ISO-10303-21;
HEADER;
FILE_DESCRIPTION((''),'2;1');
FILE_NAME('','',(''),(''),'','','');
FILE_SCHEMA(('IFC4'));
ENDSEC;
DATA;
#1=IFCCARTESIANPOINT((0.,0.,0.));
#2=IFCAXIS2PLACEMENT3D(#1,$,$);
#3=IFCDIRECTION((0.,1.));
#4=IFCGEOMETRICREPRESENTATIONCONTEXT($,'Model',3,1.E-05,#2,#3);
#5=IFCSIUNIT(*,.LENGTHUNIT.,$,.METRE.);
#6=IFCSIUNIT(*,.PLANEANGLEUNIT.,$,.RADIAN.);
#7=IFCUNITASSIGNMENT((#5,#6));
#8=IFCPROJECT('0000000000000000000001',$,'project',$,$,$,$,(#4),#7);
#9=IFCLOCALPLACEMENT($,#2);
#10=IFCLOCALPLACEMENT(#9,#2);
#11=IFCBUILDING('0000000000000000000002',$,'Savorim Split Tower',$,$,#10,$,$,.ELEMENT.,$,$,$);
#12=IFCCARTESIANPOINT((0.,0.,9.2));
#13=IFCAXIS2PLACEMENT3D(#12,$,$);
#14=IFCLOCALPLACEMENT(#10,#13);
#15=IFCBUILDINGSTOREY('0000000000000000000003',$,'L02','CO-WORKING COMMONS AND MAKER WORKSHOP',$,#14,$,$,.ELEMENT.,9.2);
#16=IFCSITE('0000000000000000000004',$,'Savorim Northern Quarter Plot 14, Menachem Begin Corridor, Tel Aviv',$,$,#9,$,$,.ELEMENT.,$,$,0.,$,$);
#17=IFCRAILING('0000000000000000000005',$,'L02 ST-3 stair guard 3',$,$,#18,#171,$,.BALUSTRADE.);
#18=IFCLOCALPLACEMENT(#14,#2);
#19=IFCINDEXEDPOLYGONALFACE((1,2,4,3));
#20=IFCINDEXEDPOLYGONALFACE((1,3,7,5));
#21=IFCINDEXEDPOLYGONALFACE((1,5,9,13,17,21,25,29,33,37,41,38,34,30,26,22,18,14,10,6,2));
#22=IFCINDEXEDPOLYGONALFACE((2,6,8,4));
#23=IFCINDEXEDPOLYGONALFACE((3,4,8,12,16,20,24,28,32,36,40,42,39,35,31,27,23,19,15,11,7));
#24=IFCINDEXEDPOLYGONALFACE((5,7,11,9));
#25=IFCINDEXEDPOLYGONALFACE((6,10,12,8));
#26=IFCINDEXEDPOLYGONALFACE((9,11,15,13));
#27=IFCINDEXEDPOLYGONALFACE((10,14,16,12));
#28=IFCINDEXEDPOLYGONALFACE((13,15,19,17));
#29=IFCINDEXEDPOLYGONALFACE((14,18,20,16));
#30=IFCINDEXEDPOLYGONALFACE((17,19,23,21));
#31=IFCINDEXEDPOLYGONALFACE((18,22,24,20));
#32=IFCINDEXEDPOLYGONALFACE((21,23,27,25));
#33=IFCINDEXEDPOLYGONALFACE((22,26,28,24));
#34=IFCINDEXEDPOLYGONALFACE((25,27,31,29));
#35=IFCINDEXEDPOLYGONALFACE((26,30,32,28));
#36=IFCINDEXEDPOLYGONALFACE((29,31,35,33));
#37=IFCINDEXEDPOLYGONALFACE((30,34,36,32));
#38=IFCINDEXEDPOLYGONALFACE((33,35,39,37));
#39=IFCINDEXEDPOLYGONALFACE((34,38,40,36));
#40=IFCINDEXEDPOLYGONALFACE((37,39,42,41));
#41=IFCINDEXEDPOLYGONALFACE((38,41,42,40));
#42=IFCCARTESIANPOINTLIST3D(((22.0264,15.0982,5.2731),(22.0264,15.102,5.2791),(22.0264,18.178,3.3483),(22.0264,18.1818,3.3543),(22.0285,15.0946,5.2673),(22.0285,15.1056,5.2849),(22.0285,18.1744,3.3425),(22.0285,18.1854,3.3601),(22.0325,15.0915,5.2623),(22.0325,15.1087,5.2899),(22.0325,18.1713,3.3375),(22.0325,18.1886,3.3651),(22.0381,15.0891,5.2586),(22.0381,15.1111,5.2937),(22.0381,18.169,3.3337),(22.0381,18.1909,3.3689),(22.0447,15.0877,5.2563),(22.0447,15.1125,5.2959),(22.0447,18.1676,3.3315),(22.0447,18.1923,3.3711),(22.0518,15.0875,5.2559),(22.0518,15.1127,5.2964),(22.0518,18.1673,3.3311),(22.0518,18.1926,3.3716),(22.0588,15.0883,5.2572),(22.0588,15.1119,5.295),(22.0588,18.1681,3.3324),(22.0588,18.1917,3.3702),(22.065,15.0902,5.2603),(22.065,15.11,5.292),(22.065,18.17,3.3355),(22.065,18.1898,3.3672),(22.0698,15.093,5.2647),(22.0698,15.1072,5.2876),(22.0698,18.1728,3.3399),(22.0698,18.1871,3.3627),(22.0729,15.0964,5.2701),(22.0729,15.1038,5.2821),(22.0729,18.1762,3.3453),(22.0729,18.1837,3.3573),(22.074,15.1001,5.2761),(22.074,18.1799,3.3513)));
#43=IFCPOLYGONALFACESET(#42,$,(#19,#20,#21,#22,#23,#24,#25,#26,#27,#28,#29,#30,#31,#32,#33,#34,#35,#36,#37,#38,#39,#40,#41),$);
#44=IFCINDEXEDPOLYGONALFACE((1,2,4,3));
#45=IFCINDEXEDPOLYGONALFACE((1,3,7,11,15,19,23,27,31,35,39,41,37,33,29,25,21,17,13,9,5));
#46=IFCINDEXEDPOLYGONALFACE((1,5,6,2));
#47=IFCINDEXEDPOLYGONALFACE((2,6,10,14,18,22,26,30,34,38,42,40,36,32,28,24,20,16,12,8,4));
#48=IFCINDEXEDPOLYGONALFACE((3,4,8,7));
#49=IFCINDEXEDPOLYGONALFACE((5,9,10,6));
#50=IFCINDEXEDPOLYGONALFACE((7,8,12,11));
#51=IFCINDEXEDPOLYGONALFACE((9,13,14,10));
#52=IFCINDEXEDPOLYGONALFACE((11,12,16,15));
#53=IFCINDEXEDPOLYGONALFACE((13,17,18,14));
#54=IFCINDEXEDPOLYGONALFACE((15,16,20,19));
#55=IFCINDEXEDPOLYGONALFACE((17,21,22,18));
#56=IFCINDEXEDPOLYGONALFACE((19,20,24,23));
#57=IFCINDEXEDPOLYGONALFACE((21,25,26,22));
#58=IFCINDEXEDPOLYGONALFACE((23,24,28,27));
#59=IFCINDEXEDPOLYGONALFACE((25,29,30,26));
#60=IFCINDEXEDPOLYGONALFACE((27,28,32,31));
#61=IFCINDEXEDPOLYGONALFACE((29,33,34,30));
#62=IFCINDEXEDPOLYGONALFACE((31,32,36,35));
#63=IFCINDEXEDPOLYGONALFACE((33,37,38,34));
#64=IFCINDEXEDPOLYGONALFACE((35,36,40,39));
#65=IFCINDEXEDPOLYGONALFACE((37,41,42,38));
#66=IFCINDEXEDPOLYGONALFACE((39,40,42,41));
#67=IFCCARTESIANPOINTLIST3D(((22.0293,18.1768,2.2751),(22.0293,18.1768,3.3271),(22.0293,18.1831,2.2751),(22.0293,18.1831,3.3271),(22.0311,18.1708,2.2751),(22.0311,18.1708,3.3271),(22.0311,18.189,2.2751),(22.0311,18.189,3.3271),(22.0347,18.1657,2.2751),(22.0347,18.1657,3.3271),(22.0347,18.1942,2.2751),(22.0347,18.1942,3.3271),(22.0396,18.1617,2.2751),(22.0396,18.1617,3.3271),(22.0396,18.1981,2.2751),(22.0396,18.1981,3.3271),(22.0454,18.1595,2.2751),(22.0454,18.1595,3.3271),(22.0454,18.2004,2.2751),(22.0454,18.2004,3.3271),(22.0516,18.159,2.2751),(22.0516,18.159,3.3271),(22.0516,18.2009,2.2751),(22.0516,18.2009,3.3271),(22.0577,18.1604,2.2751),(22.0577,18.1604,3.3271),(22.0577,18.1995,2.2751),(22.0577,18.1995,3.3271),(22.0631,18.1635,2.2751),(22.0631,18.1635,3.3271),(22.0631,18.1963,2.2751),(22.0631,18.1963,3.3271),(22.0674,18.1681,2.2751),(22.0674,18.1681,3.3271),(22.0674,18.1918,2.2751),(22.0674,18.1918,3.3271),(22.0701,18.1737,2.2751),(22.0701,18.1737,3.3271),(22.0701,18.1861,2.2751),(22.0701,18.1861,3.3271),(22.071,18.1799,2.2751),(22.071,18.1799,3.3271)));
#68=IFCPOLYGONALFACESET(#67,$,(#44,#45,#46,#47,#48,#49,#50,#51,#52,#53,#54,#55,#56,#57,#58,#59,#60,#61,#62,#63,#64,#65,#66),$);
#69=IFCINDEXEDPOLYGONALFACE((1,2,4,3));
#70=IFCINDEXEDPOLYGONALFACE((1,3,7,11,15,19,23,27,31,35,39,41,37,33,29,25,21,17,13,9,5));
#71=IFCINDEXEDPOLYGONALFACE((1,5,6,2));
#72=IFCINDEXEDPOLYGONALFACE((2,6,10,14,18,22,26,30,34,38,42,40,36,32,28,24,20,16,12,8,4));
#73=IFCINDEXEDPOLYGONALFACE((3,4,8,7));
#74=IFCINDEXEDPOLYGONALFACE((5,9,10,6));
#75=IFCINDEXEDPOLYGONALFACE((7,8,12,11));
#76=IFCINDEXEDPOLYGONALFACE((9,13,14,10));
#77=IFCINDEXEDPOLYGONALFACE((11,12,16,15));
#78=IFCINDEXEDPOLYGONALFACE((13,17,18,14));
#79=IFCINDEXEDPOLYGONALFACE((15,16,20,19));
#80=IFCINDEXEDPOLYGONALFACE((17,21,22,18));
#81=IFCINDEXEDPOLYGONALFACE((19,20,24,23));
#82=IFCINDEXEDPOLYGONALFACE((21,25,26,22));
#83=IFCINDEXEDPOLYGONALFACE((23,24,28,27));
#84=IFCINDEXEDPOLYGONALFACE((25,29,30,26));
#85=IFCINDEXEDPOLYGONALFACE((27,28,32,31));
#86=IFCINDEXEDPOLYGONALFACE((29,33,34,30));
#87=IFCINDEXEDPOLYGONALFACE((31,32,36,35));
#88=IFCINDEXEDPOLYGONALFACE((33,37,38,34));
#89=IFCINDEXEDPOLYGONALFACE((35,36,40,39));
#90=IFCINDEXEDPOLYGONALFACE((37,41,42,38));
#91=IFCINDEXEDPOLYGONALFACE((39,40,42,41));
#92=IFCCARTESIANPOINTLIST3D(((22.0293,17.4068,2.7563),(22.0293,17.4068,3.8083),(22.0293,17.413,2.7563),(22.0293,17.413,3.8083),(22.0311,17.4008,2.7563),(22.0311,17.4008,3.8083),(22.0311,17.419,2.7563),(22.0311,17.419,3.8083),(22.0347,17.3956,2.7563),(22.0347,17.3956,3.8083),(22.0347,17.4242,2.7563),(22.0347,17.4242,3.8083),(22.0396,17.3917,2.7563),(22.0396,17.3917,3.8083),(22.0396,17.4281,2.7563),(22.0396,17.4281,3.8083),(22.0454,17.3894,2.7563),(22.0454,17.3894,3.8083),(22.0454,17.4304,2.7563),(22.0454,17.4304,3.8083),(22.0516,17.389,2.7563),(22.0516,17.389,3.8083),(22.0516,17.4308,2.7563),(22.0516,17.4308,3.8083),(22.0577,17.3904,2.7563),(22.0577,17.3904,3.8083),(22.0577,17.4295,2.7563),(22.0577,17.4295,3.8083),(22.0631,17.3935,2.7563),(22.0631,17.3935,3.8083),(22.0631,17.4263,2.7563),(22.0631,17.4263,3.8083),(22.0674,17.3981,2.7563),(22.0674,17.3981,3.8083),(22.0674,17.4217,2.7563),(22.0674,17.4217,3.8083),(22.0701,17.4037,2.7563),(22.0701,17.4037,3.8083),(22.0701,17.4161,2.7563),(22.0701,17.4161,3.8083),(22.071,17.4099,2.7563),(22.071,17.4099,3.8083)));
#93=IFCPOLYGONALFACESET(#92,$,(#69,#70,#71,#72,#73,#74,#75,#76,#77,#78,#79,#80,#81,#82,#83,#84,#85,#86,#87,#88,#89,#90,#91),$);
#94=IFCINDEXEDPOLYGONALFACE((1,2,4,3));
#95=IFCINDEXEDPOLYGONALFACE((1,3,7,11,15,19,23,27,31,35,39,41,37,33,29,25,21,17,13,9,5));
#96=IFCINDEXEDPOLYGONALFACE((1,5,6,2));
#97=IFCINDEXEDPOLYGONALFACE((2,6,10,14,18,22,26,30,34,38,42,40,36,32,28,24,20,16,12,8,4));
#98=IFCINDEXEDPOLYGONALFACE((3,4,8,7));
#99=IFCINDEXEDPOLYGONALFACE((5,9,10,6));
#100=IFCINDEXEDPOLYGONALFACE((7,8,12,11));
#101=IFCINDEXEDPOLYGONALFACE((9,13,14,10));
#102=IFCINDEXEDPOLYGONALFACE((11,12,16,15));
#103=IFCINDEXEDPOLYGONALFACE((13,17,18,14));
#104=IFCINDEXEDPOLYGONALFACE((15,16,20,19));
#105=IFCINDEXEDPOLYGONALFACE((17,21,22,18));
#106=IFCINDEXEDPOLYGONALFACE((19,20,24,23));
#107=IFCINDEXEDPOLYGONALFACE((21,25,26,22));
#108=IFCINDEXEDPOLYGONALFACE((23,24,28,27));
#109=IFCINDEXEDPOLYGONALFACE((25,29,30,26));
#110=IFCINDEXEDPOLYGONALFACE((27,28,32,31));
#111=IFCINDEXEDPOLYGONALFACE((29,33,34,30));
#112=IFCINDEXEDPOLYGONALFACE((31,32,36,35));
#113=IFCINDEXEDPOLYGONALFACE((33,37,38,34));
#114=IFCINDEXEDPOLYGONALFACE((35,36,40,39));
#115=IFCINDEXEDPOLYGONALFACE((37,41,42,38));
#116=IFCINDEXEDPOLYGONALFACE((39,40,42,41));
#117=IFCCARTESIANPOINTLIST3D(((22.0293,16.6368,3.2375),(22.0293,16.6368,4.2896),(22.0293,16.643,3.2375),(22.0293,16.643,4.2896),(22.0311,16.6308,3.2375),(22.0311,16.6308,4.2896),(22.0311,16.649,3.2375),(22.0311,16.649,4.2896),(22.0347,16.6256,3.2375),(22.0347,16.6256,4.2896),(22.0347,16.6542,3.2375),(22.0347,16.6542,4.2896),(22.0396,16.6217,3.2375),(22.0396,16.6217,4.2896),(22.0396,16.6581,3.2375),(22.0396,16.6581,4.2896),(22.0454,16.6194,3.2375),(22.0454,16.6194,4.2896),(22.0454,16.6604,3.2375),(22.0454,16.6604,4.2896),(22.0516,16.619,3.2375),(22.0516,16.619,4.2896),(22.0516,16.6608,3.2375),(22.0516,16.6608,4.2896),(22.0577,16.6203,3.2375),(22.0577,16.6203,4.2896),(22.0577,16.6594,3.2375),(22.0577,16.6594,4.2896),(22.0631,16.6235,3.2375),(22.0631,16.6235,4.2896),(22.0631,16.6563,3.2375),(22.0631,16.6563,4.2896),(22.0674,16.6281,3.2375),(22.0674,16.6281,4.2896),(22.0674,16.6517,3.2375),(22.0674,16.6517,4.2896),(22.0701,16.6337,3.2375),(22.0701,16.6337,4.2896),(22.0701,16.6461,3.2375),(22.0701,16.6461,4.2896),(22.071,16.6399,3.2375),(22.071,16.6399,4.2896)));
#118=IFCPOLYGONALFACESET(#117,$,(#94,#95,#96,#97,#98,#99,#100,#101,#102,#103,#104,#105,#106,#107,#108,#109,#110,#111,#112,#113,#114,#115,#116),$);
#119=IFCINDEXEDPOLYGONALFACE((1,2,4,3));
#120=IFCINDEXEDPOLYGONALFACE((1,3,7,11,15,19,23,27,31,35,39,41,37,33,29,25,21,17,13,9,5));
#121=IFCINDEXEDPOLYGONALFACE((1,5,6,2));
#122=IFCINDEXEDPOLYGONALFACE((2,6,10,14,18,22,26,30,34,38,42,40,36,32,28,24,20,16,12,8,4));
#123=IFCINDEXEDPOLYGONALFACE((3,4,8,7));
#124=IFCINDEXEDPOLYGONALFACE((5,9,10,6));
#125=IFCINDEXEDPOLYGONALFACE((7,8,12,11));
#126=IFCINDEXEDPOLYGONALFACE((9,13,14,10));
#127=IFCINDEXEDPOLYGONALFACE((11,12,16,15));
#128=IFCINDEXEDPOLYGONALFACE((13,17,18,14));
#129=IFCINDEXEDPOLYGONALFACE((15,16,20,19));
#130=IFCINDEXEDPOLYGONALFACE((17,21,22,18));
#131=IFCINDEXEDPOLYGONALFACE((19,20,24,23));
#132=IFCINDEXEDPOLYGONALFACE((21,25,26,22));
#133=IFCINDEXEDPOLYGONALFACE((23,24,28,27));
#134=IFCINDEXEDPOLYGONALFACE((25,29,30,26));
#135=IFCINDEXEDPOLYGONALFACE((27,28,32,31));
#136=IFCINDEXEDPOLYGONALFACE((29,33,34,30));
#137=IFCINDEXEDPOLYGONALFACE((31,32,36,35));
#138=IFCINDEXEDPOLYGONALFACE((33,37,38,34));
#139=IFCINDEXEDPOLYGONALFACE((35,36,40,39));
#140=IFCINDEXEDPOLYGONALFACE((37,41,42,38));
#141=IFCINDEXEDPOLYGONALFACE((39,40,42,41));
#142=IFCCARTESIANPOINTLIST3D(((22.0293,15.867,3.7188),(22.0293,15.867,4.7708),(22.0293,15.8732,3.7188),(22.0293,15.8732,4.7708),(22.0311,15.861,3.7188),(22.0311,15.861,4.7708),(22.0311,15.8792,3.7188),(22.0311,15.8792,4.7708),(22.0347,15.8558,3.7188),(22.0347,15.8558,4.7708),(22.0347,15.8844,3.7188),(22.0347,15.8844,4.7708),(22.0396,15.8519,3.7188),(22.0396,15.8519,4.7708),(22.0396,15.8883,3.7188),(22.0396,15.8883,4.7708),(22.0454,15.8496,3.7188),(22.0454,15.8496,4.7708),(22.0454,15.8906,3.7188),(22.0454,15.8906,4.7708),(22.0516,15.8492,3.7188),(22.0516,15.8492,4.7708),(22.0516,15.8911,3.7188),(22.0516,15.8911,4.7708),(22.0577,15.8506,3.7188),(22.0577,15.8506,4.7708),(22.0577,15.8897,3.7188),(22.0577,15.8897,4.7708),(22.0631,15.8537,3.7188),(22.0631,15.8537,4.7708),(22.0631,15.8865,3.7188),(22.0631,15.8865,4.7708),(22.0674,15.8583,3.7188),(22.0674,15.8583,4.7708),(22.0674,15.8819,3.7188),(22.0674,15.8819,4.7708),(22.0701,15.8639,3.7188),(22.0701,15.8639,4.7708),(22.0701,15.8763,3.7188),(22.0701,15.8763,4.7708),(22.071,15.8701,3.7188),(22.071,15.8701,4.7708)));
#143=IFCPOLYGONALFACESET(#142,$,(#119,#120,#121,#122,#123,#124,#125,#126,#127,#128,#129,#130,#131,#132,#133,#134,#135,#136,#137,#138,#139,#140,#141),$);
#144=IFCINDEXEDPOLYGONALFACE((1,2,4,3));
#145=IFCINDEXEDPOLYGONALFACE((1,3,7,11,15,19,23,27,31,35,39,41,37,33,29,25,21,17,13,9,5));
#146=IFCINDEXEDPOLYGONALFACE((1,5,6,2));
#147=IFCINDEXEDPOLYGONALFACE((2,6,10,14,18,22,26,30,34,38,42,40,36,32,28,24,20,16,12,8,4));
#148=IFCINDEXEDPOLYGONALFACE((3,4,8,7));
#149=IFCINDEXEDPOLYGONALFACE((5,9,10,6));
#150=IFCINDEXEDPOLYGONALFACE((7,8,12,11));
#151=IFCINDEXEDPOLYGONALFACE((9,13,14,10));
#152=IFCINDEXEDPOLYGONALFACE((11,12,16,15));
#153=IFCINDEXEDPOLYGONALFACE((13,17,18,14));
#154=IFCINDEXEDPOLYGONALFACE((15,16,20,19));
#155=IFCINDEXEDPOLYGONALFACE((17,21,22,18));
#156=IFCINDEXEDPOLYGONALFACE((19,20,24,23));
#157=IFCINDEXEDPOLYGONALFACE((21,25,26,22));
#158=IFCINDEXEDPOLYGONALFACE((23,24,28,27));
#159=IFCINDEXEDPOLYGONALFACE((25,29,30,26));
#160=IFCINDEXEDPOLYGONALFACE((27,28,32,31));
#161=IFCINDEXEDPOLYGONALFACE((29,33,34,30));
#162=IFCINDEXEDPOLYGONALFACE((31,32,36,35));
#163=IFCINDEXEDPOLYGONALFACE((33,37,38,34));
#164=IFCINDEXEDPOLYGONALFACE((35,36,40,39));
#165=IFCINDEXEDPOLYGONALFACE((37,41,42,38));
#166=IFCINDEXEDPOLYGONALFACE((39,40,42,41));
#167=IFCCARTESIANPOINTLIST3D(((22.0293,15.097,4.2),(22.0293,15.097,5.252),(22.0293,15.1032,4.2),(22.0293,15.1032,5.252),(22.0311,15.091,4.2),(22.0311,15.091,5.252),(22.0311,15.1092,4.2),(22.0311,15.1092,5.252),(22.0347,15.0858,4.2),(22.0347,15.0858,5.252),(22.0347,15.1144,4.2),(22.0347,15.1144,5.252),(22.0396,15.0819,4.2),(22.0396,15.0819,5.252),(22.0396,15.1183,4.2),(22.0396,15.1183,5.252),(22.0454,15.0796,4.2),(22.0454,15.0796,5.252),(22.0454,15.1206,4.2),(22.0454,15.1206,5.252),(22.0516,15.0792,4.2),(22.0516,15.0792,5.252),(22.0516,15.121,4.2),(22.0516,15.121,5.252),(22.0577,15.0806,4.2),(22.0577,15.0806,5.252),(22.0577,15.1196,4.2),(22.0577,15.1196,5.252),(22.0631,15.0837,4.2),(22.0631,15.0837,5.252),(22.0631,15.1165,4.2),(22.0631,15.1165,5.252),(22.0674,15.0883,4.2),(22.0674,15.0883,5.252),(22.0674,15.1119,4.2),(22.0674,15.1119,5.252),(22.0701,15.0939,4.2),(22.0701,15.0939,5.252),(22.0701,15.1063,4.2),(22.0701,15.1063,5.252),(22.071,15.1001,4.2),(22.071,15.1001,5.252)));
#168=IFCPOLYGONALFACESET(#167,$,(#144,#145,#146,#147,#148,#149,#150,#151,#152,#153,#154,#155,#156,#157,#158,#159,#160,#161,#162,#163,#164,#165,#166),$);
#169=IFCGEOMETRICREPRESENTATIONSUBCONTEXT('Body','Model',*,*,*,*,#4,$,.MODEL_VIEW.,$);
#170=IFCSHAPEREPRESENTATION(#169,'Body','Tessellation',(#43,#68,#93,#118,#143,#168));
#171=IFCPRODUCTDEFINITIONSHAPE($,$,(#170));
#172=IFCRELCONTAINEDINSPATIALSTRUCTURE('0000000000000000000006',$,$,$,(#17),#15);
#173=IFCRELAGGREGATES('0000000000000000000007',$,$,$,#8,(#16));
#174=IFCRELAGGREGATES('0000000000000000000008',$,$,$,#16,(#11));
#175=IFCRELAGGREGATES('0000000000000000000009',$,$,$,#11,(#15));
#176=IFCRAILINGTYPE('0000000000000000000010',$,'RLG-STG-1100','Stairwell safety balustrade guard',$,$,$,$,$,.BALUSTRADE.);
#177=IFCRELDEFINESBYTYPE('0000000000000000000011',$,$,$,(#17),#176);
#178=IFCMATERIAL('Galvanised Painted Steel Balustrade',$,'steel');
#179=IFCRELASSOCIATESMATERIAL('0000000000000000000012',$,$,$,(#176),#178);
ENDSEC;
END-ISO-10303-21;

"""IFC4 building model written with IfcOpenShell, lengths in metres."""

from ifc_helpers import new_model, si_unit, direction, frame, origin, origin_2d, place, context, subcontext, project, spatial, circle, extrude, material, type_object, element, save


model = new_model("IFC4")

# Units and contexts
model_context = context("Model", 3, precision=1e-05, world=origin(), true_north=direction((0.0, 1.0)))
body_context = subcontext(model_context, "Body", "Model", "MODEL_VIEW")
ifc_project = project(units=[si_unit("LENGTHUNIT", "METRE"), si_unit("PLANEANGLEUNIT", "RADIAN")], contexts=[model_context])

# Site, building, storey
site_placement = place(None, origin())
site = spatial("IfcSite", under=ifc_project, at=site_placement, Name="Savorim Northern Quarter Plot 14, Menachem Begin Corridor, Tel Aviv", CompositionType="ELEMENT", RefElevation=0.0)
building_placement = place(site_placement, origin())
building = spatial("IfcBuilding", under=site, at=building_placement, Name="Savorim Split Tower", CompositionType="ELEMENT")
storey_placement = place(building_placement, frame((0.0, 0.0, 9.2)))
storey = spatial("IfcBuildingStorey", under=building, at=storey_placement, Name="L02", Description="CO-WORKING COMMONS AND MAKER WORKSHOP", CompositionType="ELEMENT", Elevation=9.2)

# Railing
ifc_material_1 = material(Name="Galvanised Painted Steel Balustrade", Category="steel")
railing_type_1 = type_object("IfcRailingType", Name="RLG-STG-1100", Description="Stairwell safety balustrade guard", PredefinedType="BALUSTRADE", material=ifc_material_1)
railing_1_placement = place(storey_placement, frame((22.05, 18.1799, 2.2751)))
element("IfcRailing", 1, at=railing_1_placement, inside=storey, type_object=railing_type_1, Name="L02 ST-3 stair guard 3", PredefinedType="BALUSTRADE", context=body_context, shape_type="SweptSolid", body=[
    extrude(circle(Radius=0.0239, at=origin_2d()), frame((0.0, 0.0, 1.0762), z_axis=(0.0, -0.84801, 0.529981), x_axis=(1.0, 0.0, 0.0)), (0.0, 0.0, 1.0), 3.6318),
    extrude(circle(Radius=0.021, at=origin_2d()), origin(), (0.0, 0.0, 1.0), 1.052),
    extrude(circle(Radius=0.021, at=origin_2d()), frame((0.0, -0.77, 0.4812)), (0.0, 0.0, 1.0), 1.052),
    extrude(circle(Radius=0.021, at=origin_2d()), frame((0.0, -1.54, 0.9624)), (0.0, 0.0, 1.0), 1.052),
    extrude(circle(Radius=0.021, at=origin_2d()), frame((0.0, -2.3098, 1.4436)), (0.0, 0.0, 1.0), 1.052),
    extrude(circle(Radius=0.021, at=origin_2d()), frame((0.0, -3.0798, 1.9248)), (0.0, 0.0, 1.0), 1.052),
])

save(model, "model.ifc")
